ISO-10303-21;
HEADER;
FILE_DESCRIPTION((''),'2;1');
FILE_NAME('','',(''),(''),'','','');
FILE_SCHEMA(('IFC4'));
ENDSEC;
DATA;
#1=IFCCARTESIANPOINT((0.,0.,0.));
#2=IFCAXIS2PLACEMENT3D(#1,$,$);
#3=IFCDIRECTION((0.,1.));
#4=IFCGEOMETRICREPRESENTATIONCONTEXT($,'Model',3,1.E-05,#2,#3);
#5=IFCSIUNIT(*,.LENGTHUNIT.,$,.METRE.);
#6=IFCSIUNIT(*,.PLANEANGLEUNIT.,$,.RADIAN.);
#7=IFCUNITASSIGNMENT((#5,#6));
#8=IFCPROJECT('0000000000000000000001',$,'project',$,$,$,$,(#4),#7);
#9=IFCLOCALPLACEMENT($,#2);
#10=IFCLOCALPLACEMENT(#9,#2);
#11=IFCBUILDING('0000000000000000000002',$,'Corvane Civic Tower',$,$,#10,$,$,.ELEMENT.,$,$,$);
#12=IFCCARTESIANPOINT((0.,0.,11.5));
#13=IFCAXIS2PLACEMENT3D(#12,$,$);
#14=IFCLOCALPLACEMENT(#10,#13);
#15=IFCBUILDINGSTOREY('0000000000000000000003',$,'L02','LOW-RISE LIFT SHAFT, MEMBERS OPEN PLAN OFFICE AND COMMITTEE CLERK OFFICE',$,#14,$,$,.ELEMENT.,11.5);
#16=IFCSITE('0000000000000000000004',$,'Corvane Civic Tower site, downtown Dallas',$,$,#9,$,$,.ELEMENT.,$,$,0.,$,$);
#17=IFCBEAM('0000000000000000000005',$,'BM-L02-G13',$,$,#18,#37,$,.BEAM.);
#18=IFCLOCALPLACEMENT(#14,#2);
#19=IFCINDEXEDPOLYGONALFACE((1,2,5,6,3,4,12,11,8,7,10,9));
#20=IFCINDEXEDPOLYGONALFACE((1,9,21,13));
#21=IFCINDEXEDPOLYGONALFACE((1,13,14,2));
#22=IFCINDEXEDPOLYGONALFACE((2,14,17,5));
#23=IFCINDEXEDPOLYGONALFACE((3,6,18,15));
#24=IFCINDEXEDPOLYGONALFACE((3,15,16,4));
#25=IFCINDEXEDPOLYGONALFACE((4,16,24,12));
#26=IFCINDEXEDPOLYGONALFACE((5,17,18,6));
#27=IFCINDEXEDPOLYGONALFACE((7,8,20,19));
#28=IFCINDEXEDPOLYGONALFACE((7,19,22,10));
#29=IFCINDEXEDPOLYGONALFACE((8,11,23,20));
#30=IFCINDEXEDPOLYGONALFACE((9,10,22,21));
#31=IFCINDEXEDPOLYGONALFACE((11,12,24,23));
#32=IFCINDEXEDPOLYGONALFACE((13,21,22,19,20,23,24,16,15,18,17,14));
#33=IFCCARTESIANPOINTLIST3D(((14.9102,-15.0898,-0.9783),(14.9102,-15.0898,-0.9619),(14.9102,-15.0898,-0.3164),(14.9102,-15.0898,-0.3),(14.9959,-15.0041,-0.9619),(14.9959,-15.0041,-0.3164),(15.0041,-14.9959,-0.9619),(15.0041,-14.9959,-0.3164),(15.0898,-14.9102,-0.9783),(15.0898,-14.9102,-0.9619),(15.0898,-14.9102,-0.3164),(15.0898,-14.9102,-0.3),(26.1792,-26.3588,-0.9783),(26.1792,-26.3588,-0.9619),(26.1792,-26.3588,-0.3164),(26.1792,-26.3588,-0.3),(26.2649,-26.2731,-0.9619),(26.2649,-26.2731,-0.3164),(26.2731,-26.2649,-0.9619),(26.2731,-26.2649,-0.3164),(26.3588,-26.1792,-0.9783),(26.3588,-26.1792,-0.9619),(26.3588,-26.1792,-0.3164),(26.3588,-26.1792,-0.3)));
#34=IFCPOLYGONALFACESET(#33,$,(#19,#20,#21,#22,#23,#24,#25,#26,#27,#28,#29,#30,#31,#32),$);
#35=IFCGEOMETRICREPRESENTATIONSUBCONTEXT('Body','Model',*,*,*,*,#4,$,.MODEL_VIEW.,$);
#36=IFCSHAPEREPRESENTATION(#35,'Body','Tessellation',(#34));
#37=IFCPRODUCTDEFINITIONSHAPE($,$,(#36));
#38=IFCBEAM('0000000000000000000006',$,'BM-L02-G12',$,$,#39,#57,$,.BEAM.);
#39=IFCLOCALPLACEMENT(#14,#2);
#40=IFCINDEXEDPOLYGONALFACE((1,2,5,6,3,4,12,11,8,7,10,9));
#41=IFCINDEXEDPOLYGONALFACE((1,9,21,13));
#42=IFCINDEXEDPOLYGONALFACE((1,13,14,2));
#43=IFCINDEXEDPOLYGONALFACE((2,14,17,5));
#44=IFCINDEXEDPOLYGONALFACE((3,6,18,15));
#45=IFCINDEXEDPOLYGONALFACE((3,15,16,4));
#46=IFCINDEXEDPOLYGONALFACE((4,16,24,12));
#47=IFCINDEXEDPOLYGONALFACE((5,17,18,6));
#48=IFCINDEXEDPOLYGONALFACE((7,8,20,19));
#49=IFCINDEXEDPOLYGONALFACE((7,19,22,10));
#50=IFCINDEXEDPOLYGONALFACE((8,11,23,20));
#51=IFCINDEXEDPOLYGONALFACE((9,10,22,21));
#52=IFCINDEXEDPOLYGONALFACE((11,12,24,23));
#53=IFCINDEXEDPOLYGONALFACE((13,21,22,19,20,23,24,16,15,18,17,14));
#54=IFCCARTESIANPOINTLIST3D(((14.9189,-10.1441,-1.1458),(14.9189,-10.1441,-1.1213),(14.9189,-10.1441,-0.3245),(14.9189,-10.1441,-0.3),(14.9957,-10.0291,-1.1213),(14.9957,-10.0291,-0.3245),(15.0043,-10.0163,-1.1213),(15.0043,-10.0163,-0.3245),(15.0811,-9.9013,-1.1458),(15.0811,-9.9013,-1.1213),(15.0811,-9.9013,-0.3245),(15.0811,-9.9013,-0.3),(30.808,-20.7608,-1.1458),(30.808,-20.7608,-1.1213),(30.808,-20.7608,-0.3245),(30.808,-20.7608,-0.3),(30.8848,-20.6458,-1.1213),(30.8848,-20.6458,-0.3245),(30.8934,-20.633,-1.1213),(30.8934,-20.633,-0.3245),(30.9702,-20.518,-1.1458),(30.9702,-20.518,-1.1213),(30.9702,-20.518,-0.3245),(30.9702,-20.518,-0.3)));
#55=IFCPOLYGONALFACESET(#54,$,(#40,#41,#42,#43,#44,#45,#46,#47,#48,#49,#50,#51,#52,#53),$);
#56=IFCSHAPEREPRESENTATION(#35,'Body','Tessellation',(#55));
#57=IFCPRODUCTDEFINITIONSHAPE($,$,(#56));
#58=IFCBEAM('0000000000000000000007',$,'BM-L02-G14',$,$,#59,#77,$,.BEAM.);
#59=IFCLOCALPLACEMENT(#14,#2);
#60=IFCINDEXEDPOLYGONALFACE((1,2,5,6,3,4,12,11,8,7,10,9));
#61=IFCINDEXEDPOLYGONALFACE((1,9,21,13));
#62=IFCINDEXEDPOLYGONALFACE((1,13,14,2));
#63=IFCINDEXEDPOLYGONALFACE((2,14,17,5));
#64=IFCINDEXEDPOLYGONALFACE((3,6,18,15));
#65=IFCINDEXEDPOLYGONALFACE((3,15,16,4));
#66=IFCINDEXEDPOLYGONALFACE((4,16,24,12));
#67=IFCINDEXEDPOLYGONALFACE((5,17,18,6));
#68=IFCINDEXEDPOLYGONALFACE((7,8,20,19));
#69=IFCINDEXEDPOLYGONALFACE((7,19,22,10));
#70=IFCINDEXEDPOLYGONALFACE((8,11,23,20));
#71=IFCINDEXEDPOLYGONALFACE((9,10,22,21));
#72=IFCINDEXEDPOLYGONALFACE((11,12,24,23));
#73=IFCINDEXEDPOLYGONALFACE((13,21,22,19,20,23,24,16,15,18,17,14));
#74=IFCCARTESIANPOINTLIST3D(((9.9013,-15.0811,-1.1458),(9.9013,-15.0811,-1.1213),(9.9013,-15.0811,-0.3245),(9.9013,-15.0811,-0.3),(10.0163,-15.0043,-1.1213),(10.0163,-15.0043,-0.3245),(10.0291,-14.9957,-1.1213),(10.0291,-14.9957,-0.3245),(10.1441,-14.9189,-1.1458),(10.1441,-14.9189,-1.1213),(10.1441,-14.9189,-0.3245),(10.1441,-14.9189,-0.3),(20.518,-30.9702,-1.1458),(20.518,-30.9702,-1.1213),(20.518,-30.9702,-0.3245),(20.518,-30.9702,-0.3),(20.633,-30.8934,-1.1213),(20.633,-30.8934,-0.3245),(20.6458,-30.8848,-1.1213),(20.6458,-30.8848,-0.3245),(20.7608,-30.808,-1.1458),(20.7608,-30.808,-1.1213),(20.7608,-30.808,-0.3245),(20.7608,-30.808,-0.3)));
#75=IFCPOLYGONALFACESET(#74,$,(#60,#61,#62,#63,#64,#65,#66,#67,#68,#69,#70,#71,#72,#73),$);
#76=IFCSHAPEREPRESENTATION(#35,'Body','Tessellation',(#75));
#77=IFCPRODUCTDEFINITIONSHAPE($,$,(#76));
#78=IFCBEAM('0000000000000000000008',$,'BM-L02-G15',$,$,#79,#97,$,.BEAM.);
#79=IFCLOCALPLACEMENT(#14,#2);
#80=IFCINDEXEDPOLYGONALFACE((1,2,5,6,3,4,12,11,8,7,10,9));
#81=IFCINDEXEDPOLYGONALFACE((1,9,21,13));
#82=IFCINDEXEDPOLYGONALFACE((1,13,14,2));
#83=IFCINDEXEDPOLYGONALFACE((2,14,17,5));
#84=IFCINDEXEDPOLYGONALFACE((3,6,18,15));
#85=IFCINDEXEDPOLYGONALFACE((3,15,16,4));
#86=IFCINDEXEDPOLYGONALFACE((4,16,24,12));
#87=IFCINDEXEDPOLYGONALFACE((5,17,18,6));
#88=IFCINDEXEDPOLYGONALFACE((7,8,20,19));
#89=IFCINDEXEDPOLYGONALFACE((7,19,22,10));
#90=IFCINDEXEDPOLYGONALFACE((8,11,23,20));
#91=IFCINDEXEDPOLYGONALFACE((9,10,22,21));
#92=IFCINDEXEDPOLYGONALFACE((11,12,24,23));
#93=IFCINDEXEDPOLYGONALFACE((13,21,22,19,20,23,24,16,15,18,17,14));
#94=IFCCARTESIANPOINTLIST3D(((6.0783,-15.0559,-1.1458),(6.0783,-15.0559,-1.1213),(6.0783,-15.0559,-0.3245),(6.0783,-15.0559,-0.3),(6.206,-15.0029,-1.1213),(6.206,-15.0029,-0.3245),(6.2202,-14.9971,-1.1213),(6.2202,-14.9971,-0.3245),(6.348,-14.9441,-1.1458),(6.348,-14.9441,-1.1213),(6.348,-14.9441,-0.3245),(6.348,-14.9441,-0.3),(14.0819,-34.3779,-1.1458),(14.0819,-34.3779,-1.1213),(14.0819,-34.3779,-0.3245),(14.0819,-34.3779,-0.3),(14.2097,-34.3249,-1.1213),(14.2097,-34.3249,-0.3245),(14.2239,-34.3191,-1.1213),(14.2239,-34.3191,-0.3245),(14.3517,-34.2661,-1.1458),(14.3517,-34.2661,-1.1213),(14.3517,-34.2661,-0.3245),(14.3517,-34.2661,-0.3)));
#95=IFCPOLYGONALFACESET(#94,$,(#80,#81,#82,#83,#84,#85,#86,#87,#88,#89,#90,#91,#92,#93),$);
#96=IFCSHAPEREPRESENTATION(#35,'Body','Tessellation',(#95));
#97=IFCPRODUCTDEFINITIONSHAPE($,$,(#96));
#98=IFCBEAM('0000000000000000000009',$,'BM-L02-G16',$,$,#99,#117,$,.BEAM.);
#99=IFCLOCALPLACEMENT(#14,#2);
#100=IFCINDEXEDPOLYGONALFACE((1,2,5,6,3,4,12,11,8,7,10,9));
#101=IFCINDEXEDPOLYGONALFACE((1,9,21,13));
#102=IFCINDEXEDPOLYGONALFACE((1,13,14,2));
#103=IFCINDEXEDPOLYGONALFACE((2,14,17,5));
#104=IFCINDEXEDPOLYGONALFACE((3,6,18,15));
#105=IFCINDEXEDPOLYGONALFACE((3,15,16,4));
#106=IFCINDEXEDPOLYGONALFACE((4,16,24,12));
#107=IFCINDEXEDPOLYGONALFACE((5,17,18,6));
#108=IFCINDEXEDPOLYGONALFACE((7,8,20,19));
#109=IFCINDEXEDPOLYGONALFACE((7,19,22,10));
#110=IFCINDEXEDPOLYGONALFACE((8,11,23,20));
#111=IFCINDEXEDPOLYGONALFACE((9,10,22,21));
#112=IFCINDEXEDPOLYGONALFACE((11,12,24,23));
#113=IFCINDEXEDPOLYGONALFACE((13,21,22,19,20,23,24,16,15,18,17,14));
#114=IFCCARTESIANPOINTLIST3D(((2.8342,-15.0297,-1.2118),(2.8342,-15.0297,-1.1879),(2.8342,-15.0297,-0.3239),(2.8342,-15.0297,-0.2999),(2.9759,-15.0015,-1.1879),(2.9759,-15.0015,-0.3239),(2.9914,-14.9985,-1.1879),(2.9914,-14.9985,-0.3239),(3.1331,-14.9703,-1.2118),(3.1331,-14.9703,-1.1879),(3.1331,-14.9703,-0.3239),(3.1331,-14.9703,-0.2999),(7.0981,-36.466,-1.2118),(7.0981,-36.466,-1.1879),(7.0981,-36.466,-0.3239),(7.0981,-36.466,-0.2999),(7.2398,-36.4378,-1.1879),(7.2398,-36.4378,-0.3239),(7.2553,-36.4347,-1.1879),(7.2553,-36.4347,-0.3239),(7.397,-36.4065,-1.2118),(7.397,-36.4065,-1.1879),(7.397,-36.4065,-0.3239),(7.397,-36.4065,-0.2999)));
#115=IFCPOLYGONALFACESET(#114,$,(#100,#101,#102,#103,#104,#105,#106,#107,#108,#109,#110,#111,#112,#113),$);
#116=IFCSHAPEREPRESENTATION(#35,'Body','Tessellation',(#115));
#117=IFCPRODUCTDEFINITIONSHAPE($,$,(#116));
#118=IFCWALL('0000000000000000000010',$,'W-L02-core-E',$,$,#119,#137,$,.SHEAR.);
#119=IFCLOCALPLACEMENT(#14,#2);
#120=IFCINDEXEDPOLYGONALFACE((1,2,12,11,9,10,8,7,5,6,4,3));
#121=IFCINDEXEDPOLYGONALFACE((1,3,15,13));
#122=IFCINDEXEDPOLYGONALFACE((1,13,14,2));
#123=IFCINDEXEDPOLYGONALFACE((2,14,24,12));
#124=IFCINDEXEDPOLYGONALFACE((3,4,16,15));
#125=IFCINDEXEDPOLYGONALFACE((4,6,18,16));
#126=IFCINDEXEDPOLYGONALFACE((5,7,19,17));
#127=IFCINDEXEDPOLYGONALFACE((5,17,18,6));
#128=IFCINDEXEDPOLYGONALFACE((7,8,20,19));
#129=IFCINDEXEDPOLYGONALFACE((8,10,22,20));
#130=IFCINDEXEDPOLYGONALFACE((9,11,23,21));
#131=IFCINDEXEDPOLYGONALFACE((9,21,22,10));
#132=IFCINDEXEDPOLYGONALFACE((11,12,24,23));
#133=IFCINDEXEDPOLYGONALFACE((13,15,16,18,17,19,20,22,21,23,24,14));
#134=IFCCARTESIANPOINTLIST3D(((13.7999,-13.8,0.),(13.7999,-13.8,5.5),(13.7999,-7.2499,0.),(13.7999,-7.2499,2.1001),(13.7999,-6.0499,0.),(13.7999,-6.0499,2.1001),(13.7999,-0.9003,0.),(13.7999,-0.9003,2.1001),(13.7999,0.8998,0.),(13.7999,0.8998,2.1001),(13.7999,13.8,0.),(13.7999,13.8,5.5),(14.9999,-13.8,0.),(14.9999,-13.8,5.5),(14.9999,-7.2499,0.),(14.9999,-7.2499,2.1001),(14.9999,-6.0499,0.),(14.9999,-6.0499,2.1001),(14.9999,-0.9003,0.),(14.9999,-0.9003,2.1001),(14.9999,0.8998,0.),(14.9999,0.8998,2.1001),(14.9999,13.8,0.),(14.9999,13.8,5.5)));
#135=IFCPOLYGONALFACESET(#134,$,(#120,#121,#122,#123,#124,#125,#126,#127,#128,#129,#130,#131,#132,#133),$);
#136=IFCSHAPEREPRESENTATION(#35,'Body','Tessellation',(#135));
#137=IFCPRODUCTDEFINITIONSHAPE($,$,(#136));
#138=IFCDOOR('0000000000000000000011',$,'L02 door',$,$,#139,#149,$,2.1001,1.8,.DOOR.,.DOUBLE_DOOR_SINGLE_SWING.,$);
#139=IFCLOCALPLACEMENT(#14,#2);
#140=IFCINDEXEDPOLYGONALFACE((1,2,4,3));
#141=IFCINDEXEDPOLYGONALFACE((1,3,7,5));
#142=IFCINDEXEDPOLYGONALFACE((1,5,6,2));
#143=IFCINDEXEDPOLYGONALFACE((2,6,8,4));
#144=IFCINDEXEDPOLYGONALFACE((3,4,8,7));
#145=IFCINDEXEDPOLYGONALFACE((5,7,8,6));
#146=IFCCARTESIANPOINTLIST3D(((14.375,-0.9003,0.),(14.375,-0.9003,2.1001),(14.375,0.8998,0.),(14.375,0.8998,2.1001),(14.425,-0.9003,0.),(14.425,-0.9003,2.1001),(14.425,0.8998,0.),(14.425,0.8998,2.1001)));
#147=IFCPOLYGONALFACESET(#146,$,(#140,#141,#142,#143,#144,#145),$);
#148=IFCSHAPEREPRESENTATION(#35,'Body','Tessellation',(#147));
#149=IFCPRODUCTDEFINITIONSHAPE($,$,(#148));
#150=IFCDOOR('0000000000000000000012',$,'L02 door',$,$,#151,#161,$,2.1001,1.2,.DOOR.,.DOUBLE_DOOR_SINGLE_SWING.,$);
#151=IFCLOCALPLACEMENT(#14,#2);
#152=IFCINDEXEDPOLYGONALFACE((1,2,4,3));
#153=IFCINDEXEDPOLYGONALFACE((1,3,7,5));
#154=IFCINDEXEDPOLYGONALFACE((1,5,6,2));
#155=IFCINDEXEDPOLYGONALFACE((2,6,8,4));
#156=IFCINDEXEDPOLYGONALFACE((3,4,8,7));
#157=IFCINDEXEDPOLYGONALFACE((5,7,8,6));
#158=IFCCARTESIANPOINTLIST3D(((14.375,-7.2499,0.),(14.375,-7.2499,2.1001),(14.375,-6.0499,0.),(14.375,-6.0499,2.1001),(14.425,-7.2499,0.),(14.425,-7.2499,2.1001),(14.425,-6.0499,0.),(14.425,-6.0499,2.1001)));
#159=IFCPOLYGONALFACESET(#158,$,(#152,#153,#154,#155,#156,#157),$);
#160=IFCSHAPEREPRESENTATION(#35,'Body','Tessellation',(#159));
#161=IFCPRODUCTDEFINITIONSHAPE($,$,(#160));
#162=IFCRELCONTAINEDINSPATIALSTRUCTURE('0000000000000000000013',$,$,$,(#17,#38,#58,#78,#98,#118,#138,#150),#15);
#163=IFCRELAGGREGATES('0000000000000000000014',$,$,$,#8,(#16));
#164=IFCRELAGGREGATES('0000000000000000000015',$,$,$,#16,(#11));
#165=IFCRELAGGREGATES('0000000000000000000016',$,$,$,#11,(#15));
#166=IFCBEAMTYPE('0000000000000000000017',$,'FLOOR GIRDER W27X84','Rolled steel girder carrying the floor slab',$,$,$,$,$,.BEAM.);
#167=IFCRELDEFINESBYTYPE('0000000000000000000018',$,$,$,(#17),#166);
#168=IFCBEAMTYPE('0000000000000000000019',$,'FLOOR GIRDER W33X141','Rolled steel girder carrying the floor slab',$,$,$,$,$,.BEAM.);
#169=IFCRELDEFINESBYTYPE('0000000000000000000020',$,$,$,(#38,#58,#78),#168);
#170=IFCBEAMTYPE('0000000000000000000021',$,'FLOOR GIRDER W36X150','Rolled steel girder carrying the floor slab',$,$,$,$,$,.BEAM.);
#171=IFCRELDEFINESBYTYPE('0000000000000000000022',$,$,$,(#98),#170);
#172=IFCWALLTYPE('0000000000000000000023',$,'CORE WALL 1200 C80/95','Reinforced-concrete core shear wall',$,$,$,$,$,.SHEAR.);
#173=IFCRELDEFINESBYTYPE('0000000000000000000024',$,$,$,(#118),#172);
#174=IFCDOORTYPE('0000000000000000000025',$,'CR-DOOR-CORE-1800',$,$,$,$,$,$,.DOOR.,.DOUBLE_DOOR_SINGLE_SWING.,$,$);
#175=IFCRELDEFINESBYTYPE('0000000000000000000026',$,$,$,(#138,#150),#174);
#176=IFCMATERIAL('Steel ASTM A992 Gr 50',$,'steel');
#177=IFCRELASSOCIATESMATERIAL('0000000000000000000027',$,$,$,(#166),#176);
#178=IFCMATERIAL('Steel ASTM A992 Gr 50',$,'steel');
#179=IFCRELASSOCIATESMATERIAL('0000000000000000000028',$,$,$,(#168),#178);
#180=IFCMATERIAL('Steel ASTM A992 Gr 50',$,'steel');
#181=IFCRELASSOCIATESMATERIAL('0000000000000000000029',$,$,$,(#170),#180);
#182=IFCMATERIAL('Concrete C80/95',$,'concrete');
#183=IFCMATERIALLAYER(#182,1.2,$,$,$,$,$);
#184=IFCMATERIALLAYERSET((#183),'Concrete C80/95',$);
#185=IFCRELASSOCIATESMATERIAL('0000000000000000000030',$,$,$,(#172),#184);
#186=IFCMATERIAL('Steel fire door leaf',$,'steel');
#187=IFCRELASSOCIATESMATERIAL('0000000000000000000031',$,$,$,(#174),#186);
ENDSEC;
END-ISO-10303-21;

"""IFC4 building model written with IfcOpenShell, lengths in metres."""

from ifc_helpers import new_model, si_unit, direction, frame, frame_2d, origin, origin_2d, place, context, subcontext, project, spatial, rectangle, i_section, extrude, material, layer, layer_set, material_profile, profile_set, type_object, element, fill, save


model = new_model("IFC4")

# Units and contexts
model_context = context("Model", 3, precision=1e-05, world=origin(), true_north=direction((0.0, 1.0)))
body_context = subcontext(model_context, "Body", "Model", "MODEL_VIEW")
ifc_project = project(units=[si_unit("LENGTHUNIT", "METRE"), si_unit("PLANEANGLEUNIT", "RADIAN")], contexts=[model_context])

# Site, building, storey
site_placement = place(None, origin())
site = spatial("IfcSite", under=ifc_project, at=site_placement, Name="Corvane Civic Tower site, downtown Dallas", CompositionType="ELEMENT", RefElevation=0.0)
building_placement = place(site_placement, origin())
building = spatial("IfcBuilding", under=site, at=building_placement, Name="Corvane Civic Tower", CompositionType="ELEMENT")
storey_placement = place(building_placement, frame((0.0, 0.0, 11.5)))
storey = spatial("IfcBuildingStorey", under=building, at=storey_placement, Name="L02", Description="LOW-RISE LIFT SHAFT, MEMBERS OPEN PLAN OFFICE AND COMMITTEE CLERK OFFICE", CompositionType="ELEMENT", Elevation=11.5)

# Beams
ifc_material_1 = material(Name="Steel ASTM A992 Gr 50", Category="steel")
ifc_material_profile_1 = material_profile(ifc_material_1, i_section(OverallWidth=0.2539, OverallDepth=0.6782, WebThickness=0.0117, FlangeThickness=0.0164, at=origin_2d()), Name="W27X84")
ifc_profile_set_1 = profile_set([ifc_material_profile_1], Name="Steel ASTM A992 Gr 50")
beam_type_1 = type_object("IfcBeamType", Name="FLOOR GIRDER W27X84", Description="Rolled steel girder carrying the floor slab", PredefinedType="BEAM", material=ifc_profile_set_1)
beam_1_placement = place(storey_placement, frame((15.0, -15.0, -0.6392), z_axis=(0.707107, -0.707107, 0.0), x_axis=(0.707107, 0.707107, 0.0)))
element("IfcBeam", 1, at=beam_1_placement, inside=storey, type_object=beam_type_1, Name="BM-L02-G13", PredefinedType="BEAM", context=body_context, shape_type="SweptSolid", body=[
    extrude(i_section(OverallWidth=0.2539, OverallDepth=0.6782, WebThickness=0.0117, FlangeThickness=0.0164, at=origin_2d()), origin(), (0.0, 0.0, 1.0), 15.9368),
])
ifc_material_2 = material(Name="Steel ASTM A992 Gr 50", Category="steel")
ifc_material_profile_2 = material_profile(ifc_material_2, i_section(OverallWidth=0.292, OverallDepth=0.8457, WebThickness=0.0154, FlangeThickness=0.0244, at=origin_2d()), Name="W33X141")
ifc_profile_set_2 = profile_set([ifc_material_profile_2], Name="Steel ASTM A992 Gr 50")
beam_type_2 = type_object("IfcBeamType", Name="FLOOR GIRDER W33X141", Description="Rolled steel girder carrying the floor slab", PredefinedType="BEAM", material=ifc_profile_set_2)
for number, where, z_axis, x_axis, name in (
    (2, (15.0, -10.0227, -0.7229), (0.831472, -0.555567, 0.0), (0.555567, 0.831472, 0.0), "BM-L02-G12"),
    (3, (10.0227, -15.0, -0.7229), (0.555567, -0.831472, 0.0), (0.831472, 0.555567, 0.0), "BM-L02-G14"),
):
    element("IfcBeam", number, at=place(storey_placement, frame(where, z_axis=z_axis, x_axis=x_axis)), inside=storey, type_object=beam_type_2, Name=name, PredefinedType="BEAM", context=body_context, shape_type="SweptSolid", body=[
        extrude(i_section(OverallWidth=0.292, OverallDepth=0.8457, WebThickness=0.0154, FlangeThickness=0.0244, at=origin_2d()), origin(), (0.0, 0.0, 1.0), 19.1096),
    ])
beam_2_placement = place(storey_placement, frame((6.2131, -15.0, -0.7229), z_axis=(0.382692, -0.923876, 0.0), x_axis=(0.923876, 0.382692, 0.0)))
element("IfcBeam", 4, at=beam_2_placement, inside=storey, type_object=beam_type_2, Name="BM-L02-G15", PredefinedType="BEAM", context=body_context, shape_type="SweptSolid", body=[
    extrude(i_section(OverallWidth=0.292, OverallDepth=0.8457, WebThickness=0.0154, FlangeThickness=0.0244, at=origin_2d()), origin(), (0.0, 0.0, 1.0), 20.9141),
])
ifc_material_3 = material(Name="Steel ASTM A992 Gr 50", Category="steel")
ifc_material_profile_3 = material_profile(ifc_material_3, i_section(OverallWidth=0.3047, OverallDepth=0.9119, WebThickness=0.0159, FlangeThickness=0.0239, at=origin_2d()), Name="W36X150")
ifc_profile_set_3 = profile_set([ifc_material_profile_3], Name="Steel ASTM A992 Gr 50")
beam_type_3 = type_object("IfcBeamType", Name="FLOOR GIRDER W36X150", Description="Rolled steel girder carrying the floor slab", PredefinedType="BEAM", material=ifc_profile_set_3)
beam_3_placement = place(storey_placement, frame((2.9836, -15.0, -0.7559), z_axis=(0.195089, -0.980785, 0.0), x_axis=(0.980785, 0.195089, 0.0)))
element("IfcBeam", 5, at=beam_3_placement, inside=storey, type_object=beam_type_3, Name="BM-L02-G16", PredefinedType="BEAM", context=body_context, shape_type="SweptSolid", body=[
    extrude(i_section(OverallWidth=0.3047, OverallDepth=0.9119, WebThickness=0.0159, FlangeThickness=0.0239, at=origin_2d()), origin(), (0.0, 0.0, 1.0), 21.8562),
])

# Wall, openings, doors
ifc_material_4 = material(Name="Concrete C80/95", Category="concrete")
ifc_layer_1 = layer(ifc_material_4, 1.2)
ifc_layer_set_1 = layer_set([ifc_layer_1], Name="Concrete C80/95")
wall_type_1 = type_object("IfcWallType", Name="CORE WALL 1200 C80/95", Description="Reinforced-concrete core shear wall", PredefinedType="SHEAR", material=ifc_layer_set_1)
wall_1_placement = place(storey_placement, frame((14.3999, -13.8, 0.0), z_axis=(0.0, 0.0, 1.0), x_axis=(0.0, 1.0, 0.0)))
wall_1 = element("IfcWall", 6, at=wall_1_placement, inside=storey, type_object=wall_type_1, Name="W-L02-core-E", PredefinedType="SHEAR", context=body_context, shape_type="SweptSolid", body=[
    extrude(rectangle(XDim=27.6001, YDim=1.2, at=frame_2d((13.8, 0.0))), origin(), (0.0, 0.0, 1.0), 5.5),
])
opening_1_placement = place(wall_1_placement, frame((12.8999, 0.0, 0.0)))
opening_1 = element("IfcOpeningElement", 7, at=opening_1_placement, cuts=wall_1, PredefinedType="OPENING", context=body_context, shape_type="SweptSolid", body=[
    extrude(rectangle(XDim=1.8, YDim=2.1001, at=frame_2d((0.8999, 1.05))), frame((0.0, 0.6099, 0.0), z_axis=(0.0, -1.0, 0.0), x_axis=(1.0, 0.0, 0.0)), (0.0, 0.0, 1.0), 1.22),
])
opening_2_placement = place(wall_1_placement, frame((6.55, 0.0, 0.0)))
opening_2 = element("IfcOpeningElement", 8, at=opening_2_placement, cuts=wall_1, PredefinedType="OPENING", context=body_context, shape_type="SweptSolid", body=[
    extrude(rectangle(XDim=1.2, YDim=2.1001, at=frame_2d((0.6001, 1.05))), frame((0.0, 0.6099, 0.0), z_axis=(0.0, -1.0, 0.0), x_axis=(1.0, 0.0, 0.0)), (0.0, 0.0, 1.0), 1.22),
])
ifc_material_5 = material(Name="Steel fire door leaf", Category="steel")
door_type_1 = type_object("IfcDoorType", Name="CR-DOOR-CORE-1800", OperationType="DOUBLE_DOOR_SINGLE_SWING", PredefinedType="DOOR", material=ifc_material_5)
door_1_placement = place(opening_1_placement, origin())
door_1 = element("IfcDoor", 9, at=door_1_placement, inside=storey, type_object=door_type_1, Name="L02 door", OperationType="DOUBLE_DOOR_SINGLE_SWING", OverallHeight=2.1001, OverallWidth=1.8, PredefinedType="DOOR", context=body_context, shape_type="SweptSolid", body=[
    extrude(rectangle(XDim=1.8, YDim=2.1001, at=frame_2d((0.8999, 1.05))), frame((0.0, 0.0249, 0.0), z_axis=(0.0, -1.0, 0.0), x_axis=(1.0, 0.0, 0.0)), (0.0, 0.0, 1.0), 0.05),
])
fill(opening_1, door_1)
door_2_placement = place(opening_2_placement, origin())
door_2 = element("IfcDoor", 10, at=door_2_placement, inside=storey, type_object=door_type_1, Name="L02 door", OperationType="DOUBLE_DOOR_SINGLE_SWING", OverallHeight=2.1001, OverallWidth=1.2, PredefinedType="DOOR", context=body_context, shape_type="SweptSolid", body=[
    extrude(rectangle(XDim=1.2, YDim=2.1001, at=frame_2d((0.6001, 1.05))), frame((0.0, 0.0249, 0.0), z_axis=(0.0, -1.0, 0.0), x_axis=(1.0, 0.0, 0.0)), (0.0, 0.0, 1.0), 0.05),
])
fill(opening_2, door_2)

save(model, "model.ifc")
